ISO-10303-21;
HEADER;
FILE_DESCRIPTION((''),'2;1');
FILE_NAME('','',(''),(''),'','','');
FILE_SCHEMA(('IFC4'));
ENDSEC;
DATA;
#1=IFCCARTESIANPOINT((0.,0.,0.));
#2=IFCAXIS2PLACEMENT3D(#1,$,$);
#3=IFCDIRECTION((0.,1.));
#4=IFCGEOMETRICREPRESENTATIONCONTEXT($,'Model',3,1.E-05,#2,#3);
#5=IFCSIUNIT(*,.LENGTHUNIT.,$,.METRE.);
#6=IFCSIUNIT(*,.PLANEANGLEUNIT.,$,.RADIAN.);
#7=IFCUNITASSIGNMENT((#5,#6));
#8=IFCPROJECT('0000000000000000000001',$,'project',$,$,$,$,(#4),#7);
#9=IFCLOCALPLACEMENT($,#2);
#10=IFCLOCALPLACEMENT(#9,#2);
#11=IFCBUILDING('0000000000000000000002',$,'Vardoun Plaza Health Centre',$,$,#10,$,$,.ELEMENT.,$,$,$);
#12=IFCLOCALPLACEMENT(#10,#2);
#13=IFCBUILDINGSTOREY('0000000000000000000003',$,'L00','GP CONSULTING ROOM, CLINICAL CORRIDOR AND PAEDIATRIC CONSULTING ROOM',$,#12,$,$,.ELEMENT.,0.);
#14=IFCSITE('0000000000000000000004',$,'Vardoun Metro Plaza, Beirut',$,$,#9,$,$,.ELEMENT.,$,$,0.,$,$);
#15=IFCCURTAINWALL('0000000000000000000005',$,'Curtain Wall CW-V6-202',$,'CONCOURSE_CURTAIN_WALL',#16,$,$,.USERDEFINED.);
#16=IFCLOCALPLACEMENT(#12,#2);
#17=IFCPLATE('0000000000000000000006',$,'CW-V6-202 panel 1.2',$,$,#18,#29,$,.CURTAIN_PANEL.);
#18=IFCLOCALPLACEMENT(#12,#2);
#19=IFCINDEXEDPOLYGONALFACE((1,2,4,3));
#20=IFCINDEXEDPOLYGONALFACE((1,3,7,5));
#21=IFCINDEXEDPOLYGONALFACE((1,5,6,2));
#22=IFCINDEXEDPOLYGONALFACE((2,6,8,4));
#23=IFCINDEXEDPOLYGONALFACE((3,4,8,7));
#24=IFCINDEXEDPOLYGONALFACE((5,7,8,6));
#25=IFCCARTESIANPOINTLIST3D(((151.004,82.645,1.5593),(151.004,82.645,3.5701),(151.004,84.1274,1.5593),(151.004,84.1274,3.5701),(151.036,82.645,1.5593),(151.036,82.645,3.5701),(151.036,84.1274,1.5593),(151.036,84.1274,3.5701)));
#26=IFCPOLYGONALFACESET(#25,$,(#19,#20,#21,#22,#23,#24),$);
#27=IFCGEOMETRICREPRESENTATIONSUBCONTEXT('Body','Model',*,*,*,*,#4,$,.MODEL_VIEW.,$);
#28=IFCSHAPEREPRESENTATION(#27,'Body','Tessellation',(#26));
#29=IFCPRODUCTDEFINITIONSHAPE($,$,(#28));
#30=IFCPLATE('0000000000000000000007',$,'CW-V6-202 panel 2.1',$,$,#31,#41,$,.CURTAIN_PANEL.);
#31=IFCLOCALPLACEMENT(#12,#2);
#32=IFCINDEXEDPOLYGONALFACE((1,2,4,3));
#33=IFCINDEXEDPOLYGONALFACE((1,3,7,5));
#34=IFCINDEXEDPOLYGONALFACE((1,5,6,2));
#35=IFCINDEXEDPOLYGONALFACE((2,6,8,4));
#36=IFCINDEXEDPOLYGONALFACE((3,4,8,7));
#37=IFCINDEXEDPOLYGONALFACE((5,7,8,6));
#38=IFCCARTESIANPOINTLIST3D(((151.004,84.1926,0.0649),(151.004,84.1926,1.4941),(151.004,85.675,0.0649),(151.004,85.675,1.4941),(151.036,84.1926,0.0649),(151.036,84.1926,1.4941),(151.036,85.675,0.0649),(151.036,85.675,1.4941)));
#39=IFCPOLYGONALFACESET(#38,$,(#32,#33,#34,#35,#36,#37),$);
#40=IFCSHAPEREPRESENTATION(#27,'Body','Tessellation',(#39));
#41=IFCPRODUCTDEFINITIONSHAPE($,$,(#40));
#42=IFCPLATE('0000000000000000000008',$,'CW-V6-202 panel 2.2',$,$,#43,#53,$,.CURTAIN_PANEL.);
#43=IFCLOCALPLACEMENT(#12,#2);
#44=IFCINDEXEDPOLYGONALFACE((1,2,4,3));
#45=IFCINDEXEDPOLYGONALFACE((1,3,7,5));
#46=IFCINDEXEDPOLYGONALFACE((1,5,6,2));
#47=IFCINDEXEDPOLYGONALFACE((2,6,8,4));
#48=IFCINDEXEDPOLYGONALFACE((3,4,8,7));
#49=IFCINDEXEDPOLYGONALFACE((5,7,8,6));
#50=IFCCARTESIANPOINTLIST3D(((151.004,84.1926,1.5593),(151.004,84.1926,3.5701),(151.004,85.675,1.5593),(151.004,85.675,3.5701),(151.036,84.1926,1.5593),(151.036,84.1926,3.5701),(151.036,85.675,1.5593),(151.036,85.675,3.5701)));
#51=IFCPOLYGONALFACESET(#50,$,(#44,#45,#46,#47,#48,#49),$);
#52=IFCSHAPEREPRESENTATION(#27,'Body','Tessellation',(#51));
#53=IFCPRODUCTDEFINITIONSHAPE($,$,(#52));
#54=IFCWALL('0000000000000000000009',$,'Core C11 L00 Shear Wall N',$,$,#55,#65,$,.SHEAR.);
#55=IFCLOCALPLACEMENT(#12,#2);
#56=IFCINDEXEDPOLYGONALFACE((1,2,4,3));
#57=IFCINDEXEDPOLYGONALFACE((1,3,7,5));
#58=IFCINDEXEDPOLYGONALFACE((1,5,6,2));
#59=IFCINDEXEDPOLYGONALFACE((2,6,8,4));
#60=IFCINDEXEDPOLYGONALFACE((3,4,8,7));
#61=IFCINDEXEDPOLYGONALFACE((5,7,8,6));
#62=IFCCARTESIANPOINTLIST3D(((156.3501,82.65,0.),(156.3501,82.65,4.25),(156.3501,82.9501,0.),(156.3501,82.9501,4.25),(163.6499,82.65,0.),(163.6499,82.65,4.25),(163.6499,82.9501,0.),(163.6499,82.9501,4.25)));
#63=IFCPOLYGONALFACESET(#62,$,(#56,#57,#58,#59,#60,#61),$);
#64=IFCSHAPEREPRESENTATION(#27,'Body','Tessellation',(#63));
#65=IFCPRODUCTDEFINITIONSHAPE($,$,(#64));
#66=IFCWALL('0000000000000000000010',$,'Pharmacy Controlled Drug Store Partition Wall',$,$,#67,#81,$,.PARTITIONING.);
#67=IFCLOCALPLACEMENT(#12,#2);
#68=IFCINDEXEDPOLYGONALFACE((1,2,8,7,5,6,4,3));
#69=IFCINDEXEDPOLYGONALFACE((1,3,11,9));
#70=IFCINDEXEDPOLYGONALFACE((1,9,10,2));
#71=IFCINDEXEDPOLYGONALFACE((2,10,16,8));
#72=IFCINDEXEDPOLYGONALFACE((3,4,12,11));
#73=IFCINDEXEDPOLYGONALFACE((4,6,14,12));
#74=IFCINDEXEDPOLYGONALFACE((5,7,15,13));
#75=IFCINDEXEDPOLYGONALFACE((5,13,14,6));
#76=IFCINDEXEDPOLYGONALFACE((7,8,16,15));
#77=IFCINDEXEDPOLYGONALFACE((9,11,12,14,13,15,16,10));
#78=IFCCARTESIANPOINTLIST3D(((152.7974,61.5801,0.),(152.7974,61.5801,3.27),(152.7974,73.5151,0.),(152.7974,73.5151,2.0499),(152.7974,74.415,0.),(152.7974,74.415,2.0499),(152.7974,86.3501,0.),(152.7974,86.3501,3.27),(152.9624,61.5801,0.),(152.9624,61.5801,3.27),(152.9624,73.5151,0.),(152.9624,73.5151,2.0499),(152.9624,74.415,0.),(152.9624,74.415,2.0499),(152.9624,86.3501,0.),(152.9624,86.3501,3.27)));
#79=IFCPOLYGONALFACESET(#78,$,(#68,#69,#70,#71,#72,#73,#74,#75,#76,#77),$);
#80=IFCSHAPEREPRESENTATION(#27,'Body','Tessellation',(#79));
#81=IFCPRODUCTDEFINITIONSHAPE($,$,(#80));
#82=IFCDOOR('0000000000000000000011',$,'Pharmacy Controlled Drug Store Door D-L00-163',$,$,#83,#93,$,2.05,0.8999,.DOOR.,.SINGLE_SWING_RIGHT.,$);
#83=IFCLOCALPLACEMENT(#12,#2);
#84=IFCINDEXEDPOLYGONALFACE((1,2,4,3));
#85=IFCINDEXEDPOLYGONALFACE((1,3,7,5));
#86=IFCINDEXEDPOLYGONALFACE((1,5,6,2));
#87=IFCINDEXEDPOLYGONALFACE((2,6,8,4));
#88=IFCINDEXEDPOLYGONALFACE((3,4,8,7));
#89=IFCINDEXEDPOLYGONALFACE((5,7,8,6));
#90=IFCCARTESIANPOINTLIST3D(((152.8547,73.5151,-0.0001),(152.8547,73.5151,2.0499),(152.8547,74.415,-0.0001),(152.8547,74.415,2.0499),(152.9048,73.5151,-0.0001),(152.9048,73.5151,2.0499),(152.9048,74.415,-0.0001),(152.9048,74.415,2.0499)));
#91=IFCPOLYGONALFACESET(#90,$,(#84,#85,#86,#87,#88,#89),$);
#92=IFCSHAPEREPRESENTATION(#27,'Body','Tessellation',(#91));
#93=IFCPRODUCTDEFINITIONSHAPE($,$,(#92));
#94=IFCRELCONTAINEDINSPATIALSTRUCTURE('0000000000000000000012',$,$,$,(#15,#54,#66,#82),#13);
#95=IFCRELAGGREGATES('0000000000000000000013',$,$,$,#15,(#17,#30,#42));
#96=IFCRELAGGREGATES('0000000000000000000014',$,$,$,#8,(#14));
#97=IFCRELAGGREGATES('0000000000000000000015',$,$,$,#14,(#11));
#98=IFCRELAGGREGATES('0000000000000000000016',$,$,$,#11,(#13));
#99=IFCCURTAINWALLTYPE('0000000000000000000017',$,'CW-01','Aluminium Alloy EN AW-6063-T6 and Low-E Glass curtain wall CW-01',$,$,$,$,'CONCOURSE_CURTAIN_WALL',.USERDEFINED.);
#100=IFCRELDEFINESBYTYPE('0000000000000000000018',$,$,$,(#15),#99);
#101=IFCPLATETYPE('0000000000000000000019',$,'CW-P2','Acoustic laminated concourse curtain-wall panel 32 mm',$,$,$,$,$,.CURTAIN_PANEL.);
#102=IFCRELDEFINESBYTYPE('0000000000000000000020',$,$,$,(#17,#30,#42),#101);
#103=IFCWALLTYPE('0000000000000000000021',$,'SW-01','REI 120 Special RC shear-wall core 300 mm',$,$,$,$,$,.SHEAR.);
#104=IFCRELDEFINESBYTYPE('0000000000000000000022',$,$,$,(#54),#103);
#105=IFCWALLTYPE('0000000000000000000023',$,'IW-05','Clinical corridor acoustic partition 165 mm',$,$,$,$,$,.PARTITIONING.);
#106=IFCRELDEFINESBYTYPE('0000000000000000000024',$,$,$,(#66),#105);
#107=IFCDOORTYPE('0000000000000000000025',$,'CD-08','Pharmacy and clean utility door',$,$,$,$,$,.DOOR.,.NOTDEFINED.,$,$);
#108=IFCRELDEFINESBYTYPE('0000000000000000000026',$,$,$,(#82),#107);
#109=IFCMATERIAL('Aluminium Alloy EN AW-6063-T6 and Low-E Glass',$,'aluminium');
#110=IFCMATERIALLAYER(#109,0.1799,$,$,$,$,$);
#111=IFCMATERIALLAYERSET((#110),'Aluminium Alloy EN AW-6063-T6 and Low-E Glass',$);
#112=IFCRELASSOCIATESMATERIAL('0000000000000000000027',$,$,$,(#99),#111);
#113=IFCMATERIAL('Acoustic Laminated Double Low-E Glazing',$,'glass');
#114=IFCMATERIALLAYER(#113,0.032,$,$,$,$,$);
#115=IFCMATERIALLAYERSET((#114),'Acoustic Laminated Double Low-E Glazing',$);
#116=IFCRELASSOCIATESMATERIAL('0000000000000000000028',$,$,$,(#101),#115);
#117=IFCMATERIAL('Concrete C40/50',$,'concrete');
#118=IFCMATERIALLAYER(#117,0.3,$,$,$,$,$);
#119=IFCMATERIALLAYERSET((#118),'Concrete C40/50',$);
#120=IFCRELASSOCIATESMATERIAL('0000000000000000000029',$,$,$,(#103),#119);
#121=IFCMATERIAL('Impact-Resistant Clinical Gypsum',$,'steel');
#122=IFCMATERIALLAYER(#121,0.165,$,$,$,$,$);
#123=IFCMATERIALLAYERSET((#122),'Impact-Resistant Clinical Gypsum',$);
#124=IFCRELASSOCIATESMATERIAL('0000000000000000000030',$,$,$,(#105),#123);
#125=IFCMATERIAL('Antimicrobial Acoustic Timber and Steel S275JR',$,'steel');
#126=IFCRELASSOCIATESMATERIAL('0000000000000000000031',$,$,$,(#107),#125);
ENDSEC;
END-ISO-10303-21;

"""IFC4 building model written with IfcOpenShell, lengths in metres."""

from ifc_helpers import new_model, si_unit, direction, frame, frame_2d, origin, origin_2d, place, context, subcontext, project, spatial, rectangle, extrude, material, layer, layer_set, type_object, element, fill, aggregate, save


model = new_model("IFC4")

# Units and contexts
model_context = context("Model", 3, precision=1e-05, world=origin(), true_north=direction((0.0, 1.0)))
body_context = subcontext(model_context, "Body", "Model", "MODEL_VIEW")
ifc_project = project(units=[si_unit("LENGTHUNIT", "METRE"), si_unit("PLANEANGLEUNIT", "RADIAN")], contexts=[model_context])

# Site, building, storey
site_placement = place(None, origin())
site = spatial("IfcSite", under=ifc_project, at=site_placement, Name="Vardoun Metro Plaza, Beirut", CompositionType="ELEMENT", RefElevation=0.0)
building_placement = place(site_placement, origin())
building = spatial("IfcBuilding", under=site, at=building_placement, Name="Vardoun Plaza Health Centre", CompositionType="ELEMENT")
storey_placement = place(building_placement, origin())
storey = spatial("IfcBuildingStorey", under=building, at=storey_placement, Name="L00", Description="GP CONSULTING ROOM, CLINICAL CORRIDOR AND PAEDIATRIC CONSULTING ROOM", CompositionType="ELEMENT", Elevation=0.0)

# Shared definitions
ifc_material_1 = material(Name="Aluminium Alloy EN AW-6063-T6 and Low-E Glass", Category="aluminium")
ifc_layer_1 = layer(ifc_material_1, 0.1799)
ifc_layer_set_1 = layer_set([ifc_layer_1], Name="Aluminium Alloy EN AW-6063-T6 and Low-E Glass")
curtain_wall_type = type_object("IfcCurtainWallType", Name="CW-01", Description="Aluminium Alloy EN AW-6063-T6 and Low-E Glass curtain wall CW-01", ElementType="CONCOURSE_CURTAIN_WALL", PredefinedType="USERDEFINED", material=ifc_layer_set_1)

# Curtain wall, plates
curtain_wall_1_placement = place(storey_placement, origin())
curtain_wall_1 = element("IfcCurtainWall", 1, at=curtain_wall_1_placement, inside=storey, type_object=curtain_wall_type, Name="Curtain Wall CW-V6-202", ObjectType="CONCOURSE_CURTAIN_WALL", PredefinedType="USERDEFINED")
ifc_material_2 = material(Name="Acoustic Laminated Double Low-E Glazing", Category="glass")
ifc_layer_2 = layer(ifc_material_2, 0.032)
ifc_layer_set_2 = layer_set([ifc_layer_2], Name="Acoustic Laminated Double Low-E Glazing")
plate_type = type_object("IfcPlateType", Name="CW-P2", Description="Acoustic laminated concourse curtain-wall panel 32 mm", PredefinedType="CURTAIN_PANEL", material=ifc_layer_set_2)
plate_1_placement = place(storey_placement, frame((151.02, 83.3862, 1.5593), z_axis=(0.0, 0.0, 1.0), x_axis=(0.0, 1.0, 0.0)))
plate_1 = element("IfcPlate", 2, at=plate_1_placement, type_object=plate_type, Name="CW-V6-202 panel 1.2", PredefinedType="CURTAIN_PANEL", context=body_context, shape_type="SweptSolid", body=[
    extrude(rectangle(XDim=1.4824, YDim=0.032, at=origin_2d()), origin(), (0.0, 0.0, 1.0), 2.0107),
])
plate_2_placement = place(storey_placement, frame((151.02, 84.9338, 0.0649), z_axis=(0.0, 0.0, 1.0), x_axis=(0.0, 1.0, 0.0)))
plate_2 = element("IfcPlate", 3, at=plate_2_placement, type_object=plate_type, Name="CW-V6-202 panel 2.1", PredefinedType="CURTAIN_PANEL", context=body_context, shape_type="SweptSolid", body=[
    extrude(rectangle(XDim=1.4824, YDim=0.032, at=origin_2d()), origin(), (0.0, 0.0, 1.0), 1.4292),
])
plate_3_placement = place(storey_placement, frame((151.02, 84.9338, 1.5593), z_axis=(0.0, 0.0, 1.0), x_axis=(0.0, 1.0, 0.0)))
plate_3 = element("IfcPlate", 4, at=plate_3_placement, type_object=plate_type, Name="CW-V6-202 panel 2.2", PredefinedType="CURTAIN_PANEL", context=body_context, shape_type="SweptSolid", body=[
    extrude(rectangle(XDim=1.4824, YDim=0.032, at=origin_2d()), origin(), (0.0, 0.0, 1.0), 2.0107),
])
aggregate(curtain_wall_1, [plate_1, plate_2, plate_3])

# Wall
ifc_material_3 = material(Name="Concrete C40/50", Category="concrete")
ifc_layer_3 = layer(ifc_material_3, 0.3)
ifc_layer_set_3 = layer_set([ifc_layer_3], Name="Concrete C40/50")
wall_type_1 = type_object("IfcWallType", Name="SW-01", Description="REI 120 Special RC shear-wall core 300 mm", PredefinedType="SHEAR", material=ifc_layer_set_3)
wall_1_placement = place(storey_placement, frame((156.3501, 82.8, 0.0), z_axis=(0.0, 0.0, 1.0), x_axis=(1.0, 0.0, 0.0)))
element("IfcWall", 5, at=wall_1_placement, inside=storey, type_object=wall_type_1, Name="Core C11 L00 Shear Wall N", PredefinedType="SHEAR", context=body_context, shape_type="SweptSolid", body=[
    extrude(rectangle(XDim=7.2998, YDim=0.3, at=frame_2d((3.6499, 0.0))), origin(), (0.0, 0.0, 1.0), 4.25),
])

# Wall, opening, door
ifc_material_4 = material(Name="Impact-Resistant Clinical Gypsum", Category="steel")
ifc_layer_4 = layer(ifc_material_4, 0.165)
ifc_layer_set_4 = layer_set([ifc_layer_4], Name="Impact-Resistant Clinical Gypsum")
wall_type_2 = type_object("IfcWallType", Name="IW-05", Description="Clinical corridor acoustic partition 165 mm", PredefinedType="PARTITIONING", material=ifc_layer_set_4)
wall_2_placement = place(storey_placement, frame((152.8799, 86.3501, 0.0), z_axis=(0.0, 0.0, 1.0), x_axis=(0.0, -1.0, 0.0)))
wall_2 = element("IfcWall", 6, at=wall_2_placement, inside=storey, type_object=wall_type_2, Name="Pharmacy Controlled Drug Store Partition Wall", PredefinedType="PARTITIONING", context=body_context, shape_type="SweptSolid", body=[
    extrude(rectangle(XDim=24.77, YDim=0.165, at=frame_2d((12.385, 0.0))), origin(), (0.0, 0.0, 1.0), 3.27),
])
opening_placement = place(wall_2_placement, frame((11.9351, 0.0, 0.0)))
opening = element("IfcOpeningElement", 7, at=opening_placement, cuts=wall_2, PredefinedType="OPENING", context=body_context, shape_type="SweptSolid", body=[
    extrude(rectangle(XDim=0.8999, YDim=2.05, at=frame_2d((0.45, 1.0249))), frame((0.0, 0.0825, 0.0), z_axis=(0.0, -1.0, 0.0), x_axis=(1.0, 0.0, 0.0)), (0.0, 0.0, 1.0), 0.165),
])
ifc_material_5 = material(Name="Antimicrobial Acoustic Timber and Steel S275JR", Category="steel")
door_type = type_object("IfcDoorType", Name="CD-08", Description="Pharmacy and clean utility door", OperationType="NOTDEFINED", PredefinedType="DOOR", material=ifc_material_5)
door_placement = place(opening_placement, origin())
door = element("IfcDoor", 8, at=door_placement, inside=storey, type_object=door_type, Name="Pharmacy Controlled Drug Store Door D-L00-163", OperationType="SINGLE_SWING_RIGHT", OverallHeight=2.05, OverallWidth=0.8999, PredefinedType="DOOR", context=body_context, shape_type="SweptSolid", body=[
    extrude(rectangle(XDim=0.8999, YDim=2.05, at=frame_2d((0.45, 1.0249))), frame((0.0, 0.0249, 0.0), z_axis=(0.0, -1.0, 0.0), x_axis=(1.0, 0.0, 0.0)), (0.0, 0.0, 1.0), 0.05),
])
fill(opening, door)

save(model, "model.ifc")
